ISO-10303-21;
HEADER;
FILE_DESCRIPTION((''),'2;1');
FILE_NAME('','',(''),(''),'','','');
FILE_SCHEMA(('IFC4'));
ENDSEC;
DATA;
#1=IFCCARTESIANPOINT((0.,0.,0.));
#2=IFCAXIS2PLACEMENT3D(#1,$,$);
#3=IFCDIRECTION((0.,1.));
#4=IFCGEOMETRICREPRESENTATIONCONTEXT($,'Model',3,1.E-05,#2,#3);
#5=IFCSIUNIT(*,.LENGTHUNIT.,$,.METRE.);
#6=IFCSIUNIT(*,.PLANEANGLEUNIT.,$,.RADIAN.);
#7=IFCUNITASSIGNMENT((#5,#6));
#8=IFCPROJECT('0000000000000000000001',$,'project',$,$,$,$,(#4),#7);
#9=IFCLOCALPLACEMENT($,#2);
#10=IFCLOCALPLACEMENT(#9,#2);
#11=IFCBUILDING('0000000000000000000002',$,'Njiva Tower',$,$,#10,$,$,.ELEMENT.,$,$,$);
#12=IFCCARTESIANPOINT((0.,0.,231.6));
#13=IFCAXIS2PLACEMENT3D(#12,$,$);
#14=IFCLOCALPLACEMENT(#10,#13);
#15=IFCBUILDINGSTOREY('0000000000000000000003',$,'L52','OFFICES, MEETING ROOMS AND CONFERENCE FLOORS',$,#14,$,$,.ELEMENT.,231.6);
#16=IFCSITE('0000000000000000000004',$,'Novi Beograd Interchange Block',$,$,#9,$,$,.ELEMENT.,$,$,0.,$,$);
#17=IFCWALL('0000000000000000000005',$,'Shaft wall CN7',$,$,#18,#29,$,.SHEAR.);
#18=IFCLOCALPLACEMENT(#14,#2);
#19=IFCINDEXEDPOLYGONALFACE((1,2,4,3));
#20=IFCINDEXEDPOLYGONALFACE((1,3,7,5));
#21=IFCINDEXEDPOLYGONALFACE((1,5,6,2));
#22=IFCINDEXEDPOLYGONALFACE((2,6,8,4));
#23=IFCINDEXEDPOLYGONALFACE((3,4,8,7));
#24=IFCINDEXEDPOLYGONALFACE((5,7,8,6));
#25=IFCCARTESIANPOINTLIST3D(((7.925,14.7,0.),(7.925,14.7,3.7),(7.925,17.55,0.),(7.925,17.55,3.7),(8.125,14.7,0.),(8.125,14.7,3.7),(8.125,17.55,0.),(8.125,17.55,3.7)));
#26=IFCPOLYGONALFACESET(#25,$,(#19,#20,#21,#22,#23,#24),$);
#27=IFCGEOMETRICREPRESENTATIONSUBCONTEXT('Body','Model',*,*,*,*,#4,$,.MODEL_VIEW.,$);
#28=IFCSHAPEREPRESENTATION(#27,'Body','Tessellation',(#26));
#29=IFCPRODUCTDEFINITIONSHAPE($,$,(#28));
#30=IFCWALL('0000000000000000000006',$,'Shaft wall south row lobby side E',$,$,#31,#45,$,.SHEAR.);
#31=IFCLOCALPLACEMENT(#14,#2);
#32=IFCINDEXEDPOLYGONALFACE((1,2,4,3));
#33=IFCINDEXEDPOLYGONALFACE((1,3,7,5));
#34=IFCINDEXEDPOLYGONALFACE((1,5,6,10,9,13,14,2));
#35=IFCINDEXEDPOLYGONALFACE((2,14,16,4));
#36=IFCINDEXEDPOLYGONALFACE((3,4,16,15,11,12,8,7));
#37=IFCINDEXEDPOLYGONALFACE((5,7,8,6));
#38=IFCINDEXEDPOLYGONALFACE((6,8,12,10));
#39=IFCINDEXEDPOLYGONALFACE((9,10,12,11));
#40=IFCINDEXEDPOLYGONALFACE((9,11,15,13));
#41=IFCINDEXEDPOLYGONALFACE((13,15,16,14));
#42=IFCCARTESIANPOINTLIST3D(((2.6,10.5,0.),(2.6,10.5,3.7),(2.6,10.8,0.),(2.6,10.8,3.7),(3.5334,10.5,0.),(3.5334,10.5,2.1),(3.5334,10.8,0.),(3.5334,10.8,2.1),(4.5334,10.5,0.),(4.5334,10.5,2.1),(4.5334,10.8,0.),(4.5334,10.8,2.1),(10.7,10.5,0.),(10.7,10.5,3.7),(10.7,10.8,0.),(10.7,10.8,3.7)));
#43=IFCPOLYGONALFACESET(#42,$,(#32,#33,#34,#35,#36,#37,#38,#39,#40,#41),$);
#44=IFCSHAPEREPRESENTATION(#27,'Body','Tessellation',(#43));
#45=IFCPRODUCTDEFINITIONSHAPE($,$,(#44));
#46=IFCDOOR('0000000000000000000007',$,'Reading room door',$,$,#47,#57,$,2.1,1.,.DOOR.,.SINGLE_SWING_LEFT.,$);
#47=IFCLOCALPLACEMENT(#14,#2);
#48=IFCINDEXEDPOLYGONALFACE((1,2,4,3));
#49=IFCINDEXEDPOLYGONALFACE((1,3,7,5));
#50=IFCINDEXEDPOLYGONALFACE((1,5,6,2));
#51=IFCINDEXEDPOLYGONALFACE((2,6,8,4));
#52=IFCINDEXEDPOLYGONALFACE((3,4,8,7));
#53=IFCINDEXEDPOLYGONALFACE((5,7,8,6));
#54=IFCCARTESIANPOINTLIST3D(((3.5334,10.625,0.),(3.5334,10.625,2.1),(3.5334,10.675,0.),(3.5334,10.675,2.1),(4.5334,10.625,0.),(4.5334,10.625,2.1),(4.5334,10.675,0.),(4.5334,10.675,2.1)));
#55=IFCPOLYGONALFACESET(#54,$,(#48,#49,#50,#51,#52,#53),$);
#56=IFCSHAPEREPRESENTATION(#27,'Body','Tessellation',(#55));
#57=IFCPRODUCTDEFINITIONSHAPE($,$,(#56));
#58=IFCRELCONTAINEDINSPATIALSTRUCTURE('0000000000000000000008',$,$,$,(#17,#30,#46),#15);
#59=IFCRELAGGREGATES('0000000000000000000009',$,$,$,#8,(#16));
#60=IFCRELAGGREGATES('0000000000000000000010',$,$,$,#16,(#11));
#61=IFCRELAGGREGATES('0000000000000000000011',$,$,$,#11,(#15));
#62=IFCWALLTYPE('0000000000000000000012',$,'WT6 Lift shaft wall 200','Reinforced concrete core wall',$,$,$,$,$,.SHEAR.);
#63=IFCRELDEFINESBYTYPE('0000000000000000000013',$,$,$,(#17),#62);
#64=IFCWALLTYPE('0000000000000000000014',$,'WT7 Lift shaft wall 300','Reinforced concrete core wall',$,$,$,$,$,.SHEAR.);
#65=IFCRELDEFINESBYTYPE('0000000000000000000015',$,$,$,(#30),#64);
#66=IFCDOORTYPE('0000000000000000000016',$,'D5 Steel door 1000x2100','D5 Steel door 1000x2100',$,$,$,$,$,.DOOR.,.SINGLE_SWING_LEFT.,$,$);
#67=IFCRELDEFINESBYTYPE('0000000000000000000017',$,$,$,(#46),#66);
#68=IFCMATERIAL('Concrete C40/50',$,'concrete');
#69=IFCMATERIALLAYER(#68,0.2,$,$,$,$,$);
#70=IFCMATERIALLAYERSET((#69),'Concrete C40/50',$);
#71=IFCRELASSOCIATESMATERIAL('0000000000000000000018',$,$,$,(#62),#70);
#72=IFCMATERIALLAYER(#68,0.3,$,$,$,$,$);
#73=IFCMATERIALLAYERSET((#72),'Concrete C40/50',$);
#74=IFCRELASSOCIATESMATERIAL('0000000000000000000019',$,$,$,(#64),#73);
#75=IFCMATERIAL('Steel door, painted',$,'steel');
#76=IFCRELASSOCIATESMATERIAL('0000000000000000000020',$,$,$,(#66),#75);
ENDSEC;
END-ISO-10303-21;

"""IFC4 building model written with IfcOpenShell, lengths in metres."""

from ifc_helpers import new_model, si_unit, direction, frame, frame_2d, origin, place, context, subcontext, project, spatial, rectangle, extrude, material, layer, layer_set, type_object, element, fill, save


model = new_model("IFC4")

# Units and contexts
model_context = context("Model", 3, precision=1e-05, world=origin(), true_north=direction((0.0, 1.0)))
body_context = subcontext(model_context, "Body", "Model", "MODEL_VIEW")
ifc_project = project(units=[si_unit("LENGTHUNIT", "METRE"), si_unit("PLANEANGLEUNIT", "RADIAN")], contexts=[model_context])

# Site, building, storey
site_placement = place(None, origin())
site = spatial("IfcSite", under=ifc_project, at=site_placement, Name="Novi Beograd Interchange Block", CompositionType="ELEMENT", RefElevation=0.0)
building_placement = place(site_placement, origin())
building = spatial("IfcBuilding", under=site, at=building_placement, Name="Njiva Tower", CompositionType="ELEMENT")
storey_placement = place(building_placement, frame((0.0, 0.0, 231.6)))
storey = spatial("IfcBuildingStorey", under=building, at=storey_placement, Name="L52", Description="OFFICES, MEETING ROOMS AND CONFERENCE FLOORS", CompositionType="ELEMENT", Elevation=231.6)

# Wall
ifc_material_1 = material(Name="Concrete C40/50", Category="concrete")
ifc_layer_1 = layer(ifc_material_1, 0.2)
ifc_layer_set_1 = layer_set([ifc_layer_1], Name="Concrete C40/50")
wall_type_1 = type_object("IfcWallType", Name="WT6 Lift shaft wall 200", Description="Reinforced concrete core wall", PredefinedType="SHEAR", material=ifc_layer_set_1)
for number, where, z_axis, x_axis, name in (
    (1, (8.025, 14.7, 0.0), (0.0, 0.0, 1.0), (0.0, 1.0, 0.0), "Shaft wall CN7"),
):
    element("IfcWall", number, at=place(storey_placement, frame(where, z_axis=z_axis, x_axis=x_axis)), inside=storey, type_object=wall_type_1, Name=name, PredefinedType="SHEAR", context=body_context, shape_type="SweptSolid", body=[
        extrude(rectangle(XDim=2.85, YDim=0.2, at=frame_2d((1.425, 0.0))), origin(), (0.0, 0.0, 1.0), 3.7),
    ])

# Wall, opening, door
ifc_layer_2 = layer(ifc_material_1, 0.3)
ifc_layer_set_2 = layer_set([ifc_layer_2], Name="Concrete C40/50")
wall_type_2 = type_object("IfcWallType", Name="WT7 Lift shaft wall 300", Description="Reinforced concrete core wall", PredefinedType="SHEAR", material=ifc_layer_set_2)
wall_1_placement = place(storey_placement, frame((2.6, 10.65, 0.0), z_axis=(0.0, 0.0, 1.0), x_axis=(1.0, 0.0, 0.0)))
wall_1 = element("IfcWall", 2, at=wall_1_placement, inside=storey, type_object=wall_type_2, Name="Shaft wall south row lobby side E", PredefinedType="SHEAR", context=body_context, shape_type="SweptSolid", body=[
    extrude(rectangle(XDim=8.1, YDim=0.3, at=frame_2d((4.05, 0.0))), origin(), (0.0, 0.0, 1.0), 3.7),
])
opening_1_placement = place(wall_1_placement, frame((0.9334, 0.0, 0.0)))
opening_1 = element("IfcOpeningElement", 3, at=opening_1_placement, cuts=wall_1, PredefinedType="OPENING", context=body_context, shape_type="SweptSolid", body=[
    extrude(rectangle(XDim=1.0, YDim=2.1, at=frame_2d((0.5, 1.05))), frame((0.0, 0.16, 0.0), z_axis=(0.0, -1.0, 0.0), x_axis=(1.0, 0.0, 0.0)), (0.0, 0.0, 1.0), 0.32),
])
ifc_material_2 = material(Name="Steel door, painted", Category="steel")
door_type_1 = type_object("IfcDoorType", Name="D5 Steel door 1000x2100", Description="D5 Steel door 1000x2100", OperationType="SINGLE_SWING_LEFT", PredefinedType="DOOR", material=ifc_material_2)
door_1_placement = place(opening_1_placement, origin())
door_1 = element("IfcDoor", 4, at=door_1_placement, inside=storey, type_object=door_type_1, Name="Reading room door", OperationType="SINGLE_SWING_LEFT", OverallHeight=2.1, OverallWidth=1.0, PredefinedType="DOOR", context=body_context, shape_type="SweptSolid", body=[
    extrude(rectangle(XDim=1.0, YDim=2.1, at=frame_2d((0.5, 1.05))), frame((0.0, 0.025, 0.0), z_axis=(0.0, -1.0, 0.0), x_axis=(1.0, 0.0, 0.0)), (0.0, 0.0, 1.0), 0.05),
])
fill(opening_1, door_1)

save(model, "model.ifc")
